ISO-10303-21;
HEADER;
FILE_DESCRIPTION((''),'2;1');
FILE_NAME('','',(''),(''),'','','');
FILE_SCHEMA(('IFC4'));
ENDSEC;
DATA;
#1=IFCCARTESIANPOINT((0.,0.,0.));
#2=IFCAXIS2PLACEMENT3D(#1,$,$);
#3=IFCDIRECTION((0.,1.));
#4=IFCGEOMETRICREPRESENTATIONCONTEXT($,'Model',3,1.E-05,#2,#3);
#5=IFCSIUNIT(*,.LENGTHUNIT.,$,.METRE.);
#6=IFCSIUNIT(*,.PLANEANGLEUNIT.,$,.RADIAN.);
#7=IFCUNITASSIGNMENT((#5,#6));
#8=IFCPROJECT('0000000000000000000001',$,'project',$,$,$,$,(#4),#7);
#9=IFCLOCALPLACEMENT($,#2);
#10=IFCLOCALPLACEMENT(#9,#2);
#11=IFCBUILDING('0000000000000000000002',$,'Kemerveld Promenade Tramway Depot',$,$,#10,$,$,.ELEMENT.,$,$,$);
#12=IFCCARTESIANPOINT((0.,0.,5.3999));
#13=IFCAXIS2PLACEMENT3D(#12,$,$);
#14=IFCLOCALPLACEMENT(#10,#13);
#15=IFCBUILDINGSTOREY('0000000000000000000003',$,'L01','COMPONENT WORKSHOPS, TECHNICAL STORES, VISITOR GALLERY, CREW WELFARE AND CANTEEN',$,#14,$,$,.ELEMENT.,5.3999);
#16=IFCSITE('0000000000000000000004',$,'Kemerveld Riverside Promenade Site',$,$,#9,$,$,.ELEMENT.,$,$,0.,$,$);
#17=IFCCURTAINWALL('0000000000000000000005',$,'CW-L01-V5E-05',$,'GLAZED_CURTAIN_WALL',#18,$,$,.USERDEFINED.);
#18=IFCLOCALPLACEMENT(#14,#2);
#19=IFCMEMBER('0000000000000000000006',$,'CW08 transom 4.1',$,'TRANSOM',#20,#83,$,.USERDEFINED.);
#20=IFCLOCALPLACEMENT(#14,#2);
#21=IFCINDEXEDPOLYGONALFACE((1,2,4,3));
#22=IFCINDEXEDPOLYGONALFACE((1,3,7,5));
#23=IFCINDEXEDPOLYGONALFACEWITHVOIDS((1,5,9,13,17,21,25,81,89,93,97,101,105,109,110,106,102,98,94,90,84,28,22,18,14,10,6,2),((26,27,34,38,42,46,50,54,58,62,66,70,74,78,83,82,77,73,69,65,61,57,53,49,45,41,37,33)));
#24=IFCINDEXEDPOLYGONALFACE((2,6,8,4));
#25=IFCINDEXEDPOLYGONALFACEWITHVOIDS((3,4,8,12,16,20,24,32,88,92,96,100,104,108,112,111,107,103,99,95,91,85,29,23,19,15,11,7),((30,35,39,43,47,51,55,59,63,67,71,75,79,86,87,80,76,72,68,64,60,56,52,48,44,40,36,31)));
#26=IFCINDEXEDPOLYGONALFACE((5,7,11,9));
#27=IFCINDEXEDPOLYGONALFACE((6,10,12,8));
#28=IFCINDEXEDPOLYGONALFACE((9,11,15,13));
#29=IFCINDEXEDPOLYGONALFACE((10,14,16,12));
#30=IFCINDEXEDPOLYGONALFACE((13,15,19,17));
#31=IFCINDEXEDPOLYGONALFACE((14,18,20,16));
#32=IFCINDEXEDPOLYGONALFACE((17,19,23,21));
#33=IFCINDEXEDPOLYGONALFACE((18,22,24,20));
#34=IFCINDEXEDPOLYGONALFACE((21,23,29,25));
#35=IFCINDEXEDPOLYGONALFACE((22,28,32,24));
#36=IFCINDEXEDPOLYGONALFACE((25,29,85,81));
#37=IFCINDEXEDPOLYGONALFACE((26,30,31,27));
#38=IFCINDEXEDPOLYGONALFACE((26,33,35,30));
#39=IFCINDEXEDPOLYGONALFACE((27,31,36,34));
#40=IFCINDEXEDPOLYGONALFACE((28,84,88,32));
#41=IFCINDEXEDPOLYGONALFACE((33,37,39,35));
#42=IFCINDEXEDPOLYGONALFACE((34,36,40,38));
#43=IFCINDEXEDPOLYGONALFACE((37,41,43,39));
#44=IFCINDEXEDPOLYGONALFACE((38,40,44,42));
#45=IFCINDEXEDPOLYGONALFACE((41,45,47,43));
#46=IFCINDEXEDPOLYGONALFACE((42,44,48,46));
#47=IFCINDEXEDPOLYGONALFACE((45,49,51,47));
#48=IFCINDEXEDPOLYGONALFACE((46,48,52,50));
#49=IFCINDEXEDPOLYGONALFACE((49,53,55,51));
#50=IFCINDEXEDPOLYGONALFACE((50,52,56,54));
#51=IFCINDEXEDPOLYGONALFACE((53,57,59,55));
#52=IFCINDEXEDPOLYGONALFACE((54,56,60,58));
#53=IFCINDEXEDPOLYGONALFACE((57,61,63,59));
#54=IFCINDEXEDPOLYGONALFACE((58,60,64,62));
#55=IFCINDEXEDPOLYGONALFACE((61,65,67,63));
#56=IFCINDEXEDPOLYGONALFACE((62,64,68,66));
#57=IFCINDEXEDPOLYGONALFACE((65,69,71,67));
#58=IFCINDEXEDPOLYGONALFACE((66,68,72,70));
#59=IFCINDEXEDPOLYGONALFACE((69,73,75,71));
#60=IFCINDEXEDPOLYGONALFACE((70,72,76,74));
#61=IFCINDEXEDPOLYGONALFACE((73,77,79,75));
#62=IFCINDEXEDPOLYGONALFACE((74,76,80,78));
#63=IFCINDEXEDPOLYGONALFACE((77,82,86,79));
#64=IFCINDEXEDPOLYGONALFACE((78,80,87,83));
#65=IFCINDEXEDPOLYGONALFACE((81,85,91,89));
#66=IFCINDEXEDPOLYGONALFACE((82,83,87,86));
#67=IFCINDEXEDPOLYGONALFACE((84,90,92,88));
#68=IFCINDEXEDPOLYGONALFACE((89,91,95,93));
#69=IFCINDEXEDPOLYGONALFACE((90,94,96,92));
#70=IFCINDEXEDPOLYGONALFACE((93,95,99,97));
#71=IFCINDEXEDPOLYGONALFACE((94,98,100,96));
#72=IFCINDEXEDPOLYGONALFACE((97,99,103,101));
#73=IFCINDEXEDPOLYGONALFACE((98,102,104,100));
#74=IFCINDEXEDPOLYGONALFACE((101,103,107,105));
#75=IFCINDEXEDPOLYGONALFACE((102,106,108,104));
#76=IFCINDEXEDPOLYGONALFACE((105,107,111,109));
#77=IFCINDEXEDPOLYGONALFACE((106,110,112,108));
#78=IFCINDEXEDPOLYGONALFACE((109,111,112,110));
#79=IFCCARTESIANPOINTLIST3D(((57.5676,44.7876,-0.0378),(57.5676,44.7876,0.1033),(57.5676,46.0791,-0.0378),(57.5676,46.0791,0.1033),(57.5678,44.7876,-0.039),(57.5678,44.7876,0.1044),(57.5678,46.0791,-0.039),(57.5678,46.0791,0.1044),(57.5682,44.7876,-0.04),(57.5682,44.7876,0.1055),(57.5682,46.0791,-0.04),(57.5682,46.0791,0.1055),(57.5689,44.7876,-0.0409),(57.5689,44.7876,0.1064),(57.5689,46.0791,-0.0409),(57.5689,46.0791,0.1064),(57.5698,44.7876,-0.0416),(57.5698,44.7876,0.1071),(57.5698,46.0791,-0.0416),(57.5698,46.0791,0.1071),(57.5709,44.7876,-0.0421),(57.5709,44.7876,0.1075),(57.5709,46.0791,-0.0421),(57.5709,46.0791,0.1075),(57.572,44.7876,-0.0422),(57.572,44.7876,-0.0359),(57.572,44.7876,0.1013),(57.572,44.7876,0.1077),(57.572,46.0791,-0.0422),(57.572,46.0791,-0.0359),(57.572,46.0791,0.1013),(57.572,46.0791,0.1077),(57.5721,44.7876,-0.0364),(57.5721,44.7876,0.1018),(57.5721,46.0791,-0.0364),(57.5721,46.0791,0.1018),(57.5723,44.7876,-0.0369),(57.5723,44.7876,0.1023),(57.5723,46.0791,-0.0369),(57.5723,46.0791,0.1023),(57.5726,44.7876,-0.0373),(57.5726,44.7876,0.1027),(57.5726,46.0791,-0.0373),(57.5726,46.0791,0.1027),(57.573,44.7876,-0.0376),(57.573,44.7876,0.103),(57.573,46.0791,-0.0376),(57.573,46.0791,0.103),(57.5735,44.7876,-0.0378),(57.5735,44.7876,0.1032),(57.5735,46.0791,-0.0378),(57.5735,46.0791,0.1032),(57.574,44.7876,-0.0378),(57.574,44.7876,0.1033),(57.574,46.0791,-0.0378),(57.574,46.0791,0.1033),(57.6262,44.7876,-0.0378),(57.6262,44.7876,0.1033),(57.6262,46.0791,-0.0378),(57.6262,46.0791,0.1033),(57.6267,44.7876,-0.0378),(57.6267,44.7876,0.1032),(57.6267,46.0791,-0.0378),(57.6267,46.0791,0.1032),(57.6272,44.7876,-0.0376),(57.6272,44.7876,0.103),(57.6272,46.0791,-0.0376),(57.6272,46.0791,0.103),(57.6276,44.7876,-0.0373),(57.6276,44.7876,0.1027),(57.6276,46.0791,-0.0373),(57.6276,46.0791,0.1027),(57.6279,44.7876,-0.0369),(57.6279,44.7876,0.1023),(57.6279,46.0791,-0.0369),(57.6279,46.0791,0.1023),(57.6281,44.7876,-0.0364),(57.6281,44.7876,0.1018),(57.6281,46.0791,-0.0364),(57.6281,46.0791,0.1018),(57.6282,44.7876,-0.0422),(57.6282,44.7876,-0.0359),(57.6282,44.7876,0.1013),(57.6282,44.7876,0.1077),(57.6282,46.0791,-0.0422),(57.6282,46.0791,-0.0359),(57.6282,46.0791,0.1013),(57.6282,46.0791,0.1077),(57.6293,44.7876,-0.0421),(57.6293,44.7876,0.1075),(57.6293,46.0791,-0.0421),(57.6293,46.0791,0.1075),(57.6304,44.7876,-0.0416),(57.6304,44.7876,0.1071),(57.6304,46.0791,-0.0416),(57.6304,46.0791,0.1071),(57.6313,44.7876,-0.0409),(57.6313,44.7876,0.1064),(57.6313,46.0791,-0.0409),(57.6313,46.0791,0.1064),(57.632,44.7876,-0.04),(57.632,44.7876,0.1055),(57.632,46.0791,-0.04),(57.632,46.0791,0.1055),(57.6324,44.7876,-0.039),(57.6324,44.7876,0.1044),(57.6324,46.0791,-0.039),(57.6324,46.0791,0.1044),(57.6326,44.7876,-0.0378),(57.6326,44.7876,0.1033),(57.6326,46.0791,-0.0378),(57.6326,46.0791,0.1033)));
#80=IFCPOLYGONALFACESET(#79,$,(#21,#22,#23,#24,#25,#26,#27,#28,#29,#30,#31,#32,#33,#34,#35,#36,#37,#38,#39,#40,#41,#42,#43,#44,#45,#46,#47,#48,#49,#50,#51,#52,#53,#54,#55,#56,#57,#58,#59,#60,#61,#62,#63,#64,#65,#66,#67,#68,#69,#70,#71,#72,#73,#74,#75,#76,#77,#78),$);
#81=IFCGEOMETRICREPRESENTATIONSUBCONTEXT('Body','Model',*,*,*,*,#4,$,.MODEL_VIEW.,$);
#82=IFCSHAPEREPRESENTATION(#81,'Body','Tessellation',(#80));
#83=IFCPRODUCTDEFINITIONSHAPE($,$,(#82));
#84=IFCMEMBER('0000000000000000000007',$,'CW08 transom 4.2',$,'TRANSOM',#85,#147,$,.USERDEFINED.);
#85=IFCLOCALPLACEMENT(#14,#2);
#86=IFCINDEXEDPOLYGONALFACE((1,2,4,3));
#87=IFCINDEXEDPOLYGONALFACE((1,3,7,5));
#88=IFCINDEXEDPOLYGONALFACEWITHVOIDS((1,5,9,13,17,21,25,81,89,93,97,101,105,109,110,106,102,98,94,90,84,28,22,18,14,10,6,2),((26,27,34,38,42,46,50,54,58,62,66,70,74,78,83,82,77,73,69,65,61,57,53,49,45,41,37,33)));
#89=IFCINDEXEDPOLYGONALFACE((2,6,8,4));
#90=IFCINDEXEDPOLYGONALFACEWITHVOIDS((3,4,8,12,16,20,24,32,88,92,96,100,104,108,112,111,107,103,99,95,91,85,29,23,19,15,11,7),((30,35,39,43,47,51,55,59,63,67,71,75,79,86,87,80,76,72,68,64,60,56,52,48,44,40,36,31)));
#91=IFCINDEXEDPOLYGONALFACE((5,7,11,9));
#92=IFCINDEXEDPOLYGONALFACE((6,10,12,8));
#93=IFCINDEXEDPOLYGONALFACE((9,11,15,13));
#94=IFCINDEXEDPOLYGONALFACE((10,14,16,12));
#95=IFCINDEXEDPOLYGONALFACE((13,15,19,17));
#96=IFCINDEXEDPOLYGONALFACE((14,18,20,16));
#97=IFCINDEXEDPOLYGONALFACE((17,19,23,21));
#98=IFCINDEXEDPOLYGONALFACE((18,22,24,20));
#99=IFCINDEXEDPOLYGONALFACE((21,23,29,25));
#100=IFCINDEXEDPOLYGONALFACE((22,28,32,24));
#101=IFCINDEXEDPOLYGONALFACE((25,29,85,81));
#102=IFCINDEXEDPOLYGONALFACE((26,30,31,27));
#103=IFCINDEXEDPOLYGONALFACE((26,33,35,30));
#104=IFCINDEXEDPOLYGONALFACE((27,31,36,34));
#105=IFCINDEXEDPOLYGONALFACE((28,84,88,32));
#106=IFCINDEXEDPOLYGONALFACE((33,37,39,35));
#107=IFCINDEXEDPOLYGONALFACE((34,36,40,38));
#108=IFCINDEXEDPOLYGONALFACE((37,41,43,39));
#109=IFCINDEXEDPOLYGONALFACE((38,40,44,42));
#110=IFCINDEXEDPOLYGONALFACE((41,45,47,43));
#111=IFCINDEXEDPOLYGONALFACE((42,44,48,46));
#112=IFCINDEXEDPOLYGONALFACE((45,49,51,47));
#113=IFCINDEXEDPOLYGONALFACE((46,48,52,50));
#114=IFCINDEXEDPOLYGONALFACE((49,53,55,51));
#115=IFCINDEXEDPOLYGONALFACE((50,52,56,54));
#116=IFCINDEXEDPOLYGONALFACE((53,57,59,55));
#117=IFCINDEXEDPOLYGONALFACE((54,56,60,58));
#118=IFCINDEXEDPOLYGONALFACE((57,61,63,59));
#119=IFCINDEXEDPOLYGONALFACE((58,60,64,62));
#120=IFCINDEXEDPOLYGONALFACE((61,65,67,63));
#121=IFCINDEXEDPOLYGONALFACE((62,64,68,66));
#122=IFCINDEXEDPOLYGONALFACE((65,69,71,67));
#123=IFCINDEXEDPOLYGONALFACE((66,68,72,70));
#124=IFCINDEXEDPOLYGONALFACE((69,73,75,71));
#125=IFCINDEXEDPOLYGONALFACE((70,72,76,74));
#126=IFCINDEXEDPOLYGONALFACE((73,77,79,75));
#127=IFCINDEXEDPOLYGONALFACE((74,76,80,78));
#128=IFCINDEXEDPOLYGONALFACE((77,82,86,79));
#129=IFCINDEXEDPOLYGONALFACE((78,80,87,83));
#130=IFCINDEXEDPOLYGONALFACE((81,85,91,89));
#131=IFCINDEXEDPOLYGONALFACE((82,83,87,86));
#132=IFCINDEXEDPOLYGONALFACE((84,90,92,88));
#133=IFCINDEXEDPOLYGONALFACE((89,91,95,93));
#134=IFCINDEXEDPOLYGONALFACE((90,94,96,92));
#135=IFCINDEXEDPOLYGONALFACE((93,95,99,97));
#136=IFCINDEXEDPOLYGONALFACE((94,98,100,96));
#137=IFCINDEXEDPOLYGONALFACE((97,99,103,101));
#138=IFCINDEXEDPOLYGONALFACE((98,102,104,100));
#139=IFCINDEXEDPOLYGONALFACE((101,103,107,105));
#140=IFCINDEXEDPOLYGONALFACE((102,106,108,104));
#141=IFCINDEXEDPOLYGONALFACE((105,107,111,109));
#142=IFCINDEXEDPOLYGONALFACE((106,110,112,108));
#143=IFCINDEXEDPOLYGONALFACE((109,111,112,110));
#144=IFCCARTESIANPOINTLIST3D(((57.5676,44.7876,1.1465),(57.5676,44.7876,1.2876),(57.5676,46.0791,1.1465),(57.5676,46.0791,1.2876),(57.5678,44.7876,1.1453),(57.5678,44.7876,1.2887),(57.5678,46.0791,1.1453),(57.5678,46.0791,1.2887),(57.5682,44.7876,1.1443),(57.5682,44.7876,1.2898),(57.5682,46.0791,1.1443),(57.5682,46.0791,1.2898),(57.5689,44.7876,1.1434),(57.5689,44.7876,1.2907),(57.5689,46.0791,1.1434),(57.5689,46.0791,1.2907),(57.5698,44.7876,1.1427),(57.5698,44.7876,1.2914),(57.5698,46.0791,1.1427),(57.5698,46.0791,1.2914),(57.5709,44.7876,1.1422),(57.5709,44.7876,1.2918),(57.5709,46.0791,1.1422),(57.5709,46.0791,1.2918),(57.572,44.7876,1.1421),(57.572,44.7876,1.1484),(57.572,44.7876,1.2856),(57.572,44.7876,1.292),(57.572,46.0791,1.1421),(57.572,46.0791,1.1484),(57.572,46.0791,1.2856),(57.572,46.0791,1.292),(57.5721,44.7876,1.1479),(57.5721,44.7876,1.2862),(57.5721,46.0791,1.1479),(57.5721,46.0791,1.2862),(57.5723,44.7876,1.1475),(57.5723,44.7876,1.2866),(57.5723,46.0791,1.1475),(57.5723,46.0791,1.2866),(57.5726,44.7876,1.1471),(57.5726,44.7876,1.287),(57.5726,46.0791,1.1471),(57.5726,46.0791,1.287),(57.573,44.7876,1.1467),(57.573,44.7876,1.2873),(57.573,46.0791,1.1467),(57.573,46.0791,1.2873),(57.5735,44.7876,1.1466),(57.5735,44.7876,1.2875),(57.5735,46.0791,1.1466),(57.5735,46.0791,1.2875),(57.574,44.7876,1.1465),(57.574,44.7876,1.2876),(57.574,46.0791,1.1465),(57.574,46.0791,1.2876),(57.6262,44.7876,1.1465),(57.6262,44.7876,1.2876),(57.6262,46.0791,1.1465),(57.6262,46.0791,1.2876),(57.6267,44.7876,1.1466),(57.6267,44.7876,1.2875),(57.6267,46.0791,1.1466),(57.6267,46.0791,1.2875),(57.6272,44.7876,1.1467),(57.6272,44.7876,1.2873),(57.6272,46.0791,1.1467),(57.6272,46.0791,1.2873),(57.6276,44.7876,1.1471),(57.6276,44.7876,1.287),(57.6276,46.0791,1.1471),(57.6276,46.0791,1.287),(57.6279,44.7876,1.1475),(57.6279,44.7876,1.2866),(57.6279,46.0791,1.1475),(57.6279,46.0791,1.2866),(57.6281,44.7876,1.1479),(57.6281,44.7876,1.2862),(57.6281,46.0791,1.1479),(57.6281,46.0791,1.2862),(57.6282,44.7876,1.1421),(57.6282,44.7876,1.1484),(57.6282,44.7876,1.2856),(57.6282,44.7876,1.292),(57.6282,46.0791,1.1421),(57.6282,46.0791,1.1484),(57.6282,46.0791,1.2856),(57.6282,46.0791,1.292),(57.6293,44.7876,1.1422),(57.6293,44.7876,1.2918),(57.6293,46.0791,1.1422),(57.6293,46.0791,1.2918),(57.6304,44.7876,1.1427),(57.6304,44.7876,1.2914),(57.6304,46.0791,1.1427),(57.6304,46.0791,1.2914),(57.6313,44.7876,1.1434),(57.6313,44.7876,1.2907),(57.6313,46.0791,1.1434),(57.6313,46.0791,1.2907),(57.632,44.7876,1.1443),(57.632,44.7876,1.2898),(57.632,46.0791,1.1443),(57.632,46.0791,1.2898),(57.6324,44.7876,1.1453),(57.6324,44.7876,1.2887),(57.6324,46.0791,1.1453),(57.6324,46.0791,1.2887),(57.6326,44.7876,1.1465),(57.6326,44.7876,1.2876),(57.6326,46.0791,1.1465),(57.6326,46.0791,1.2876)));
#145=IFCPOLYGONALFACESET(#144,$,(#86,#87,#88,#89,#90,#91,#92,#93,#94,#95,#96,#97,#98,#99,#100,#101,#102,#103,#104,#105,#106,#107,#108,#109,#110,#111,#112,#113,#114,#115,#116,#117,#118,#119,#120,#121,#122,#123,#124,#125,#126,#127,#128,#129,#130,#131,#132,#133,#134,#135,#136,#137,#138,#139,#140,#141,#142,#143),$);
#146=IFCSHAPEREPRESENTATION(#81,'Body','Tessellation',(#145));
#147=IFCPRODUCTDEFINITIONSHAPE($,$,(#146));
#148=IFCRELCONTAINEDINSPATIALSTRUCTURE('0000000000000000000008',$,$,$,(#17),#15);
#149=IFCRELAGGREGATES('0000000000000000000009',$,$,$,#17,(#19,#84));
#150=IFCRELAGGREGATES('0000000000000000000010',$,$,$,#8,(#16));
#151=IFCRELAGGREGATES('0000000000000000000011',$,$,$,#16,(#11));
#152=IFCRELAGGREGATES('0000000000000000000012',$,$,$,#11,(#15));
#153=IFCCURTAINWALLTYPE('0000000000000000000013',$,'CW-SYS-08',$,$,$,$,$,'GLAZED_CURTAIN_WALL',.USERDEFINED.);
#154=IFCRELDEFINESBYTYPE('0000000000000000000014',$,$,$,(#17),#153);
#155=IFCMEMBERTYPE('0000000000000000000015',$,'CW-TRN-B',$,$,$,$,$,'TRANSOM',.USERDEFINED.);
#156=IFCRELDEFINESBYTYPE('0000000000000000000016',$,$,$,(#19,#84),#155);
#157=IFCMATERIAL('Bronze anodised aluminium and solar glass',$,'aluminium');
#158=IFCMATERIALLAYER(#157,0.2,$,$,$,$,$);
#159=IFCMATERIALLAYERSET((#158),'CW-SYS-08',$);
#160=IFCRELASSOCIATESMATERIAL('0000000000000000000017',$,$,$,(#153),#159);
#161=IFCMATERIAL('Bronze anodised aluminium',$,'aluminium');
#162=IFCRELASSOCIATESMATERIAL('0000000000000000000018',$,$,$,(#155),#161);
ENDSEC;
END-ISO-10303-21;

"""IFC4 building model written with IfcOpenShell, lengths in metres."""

from ifc_helpers import new_model, si_unit, direction, frame, origin, origin_2d, place, context, subcontext, project, spatial, hollow_rectangle, extrude, material, layer, layer_set, material_profile, profile_set, type_object, element, aggregate, save


model = new_model("IFC4")

# Units and contexts
model_context = context("Model", 3, precision=1e-05, world=origin(), true_north=direction((0.0, 1.0)))
body_context = subcontext(model_context, "Body", "Model", "MODEL_VIEW")
ifc_project = project(units=[si_unit("LENGTHUNIT", "METRE"), si_unit("PLANEANGLEUNIT", "RADIAN")], contexts=[model_context])

# Site, building, storey
site_placement = place(None, origin())
site = spatial("IfcSite", under=ifc_project, at=site_placement, Name="Kemerveld Riverside Promenade Site", CompositionType="ELEMENT", RefElevation=0.0)
building_placement = place(site_placement, origin())
building = spatial("IfcBuilding", under=site, at=building_placement, Name="Kemerveld Promenade Tramway Depot", CompositionType="ELEMENT")
storey_placement = place(building_placement, frame((0.0, 0.0, 5.3999)))
storey = spatial("IfcBuildingStorey", under=building, at=storey_placement, Name="L01", Description="COMPONENT WORKSHOPS, TECHNICAL STORES, VISITOR GALLERY, CREW WELFARE AND CANTEEN", CompositionType="ELEMENT", Elevation=5.3999)

# Curtain wall, members
ifc_material_1 = material(Name="Bronze anodised aluminium and solar glass", Category="aluminium")
ifc_layer_1 = layer(ifc_material_1, 0.2)
ifc_layer_set_1 = layer_set([ifc_layer_1], Name="CW-SYS-08")
curtain_wall_type = type_object("IfcCurtainWallType", Name="CW-SYS-08", ElementType="GLAZED_CURTAIN_WALL", PredefinedType="USERDEFINED", material=ifc_layer_set_1)
curtain_wall_placement = place(storey_placement, origin())
curtain_wall = element("IfcCurtainWall", 1, at=curtain_wall_placement, inside=storey, type_object=curtain_wall_type, Name="CW-L01-V5E-05", ObjectType="GLAZED_CURTAIN_WALL", PredefinedType="USERDEFINED")
ifc_material_2 = material(Name="Bronze anodised aluminium", Category="aluminium")
ifc_material_profile_1 = material_profile(ifc_material_2, hollow_rectangle(XDim=0.0649, YDim=0.1499, WallThickness=0.0044, InnerFilletRadius=0.002, OuterFilletRadius=0.0044, at=origin_2d()), Name="CW-TRN-150x65")
ifc_profile_set_1 = profile_set([ifc_material_profile_1], Name="Bronze anodised aluminium")
member_type_1 = type_object("IfcMemberType", Name="CW-TRN-B", ElementType="TRANSOM", PredefinedType="USERDEFINED", material=ifc_profile_set_1)
member_1_placement = place(storey_placement, frame((57.6001, 46.0791, 0.0327), z_axis=(0.0, -1.0, 0.0), x_axis=(1.0, 0.0, 0.0)))
member_1 = element("IfcMember", 2, at=member_1_placement, type_object=member_type_1, Name="CW08 transom 4.1", ObjectType="TRANSOM", PredefinedType="USERDEFINED", context=body_context, shape_type="SweptSolid", body=[
    extrude(hollow_rectangle(XDim=0.0649, YDim=0.1499, WallThickness=0.0044, InnerFilletRadius=0.002, OuterFilletRadius=0.0044, at=origin_2d()), origin(), (0.0, 0.0, 1.0), 1.2915),
])
member_2_placement = place(storey_placement, frame((57.6001, 46.0791, 1.217), z_axis=(0.0, -1.0, 0.0), x_axis=(1.0, 0.0, 0.0)))
member_2 = element("IfcMember", 3, at=member_2_placement, type_object=member_type_1, Name="CW08 transom 4.2", ObjectType="TRANSOM", PredefinedType="USERDEFINED", context=body_context, shape_type="SweptSolid", body=[
    extrude(hollow_rectangle(XDim=0.0649, YDim=0.1499, WallThickness=0.0044, InnerFilletRadius=0.002, OuterFilletRadius=0.0044, at=origin_2d()), origin(), (0.0, 0.0, 1.0), 1.2915),
])
aggregate(curtain_wall, [member_1, member_2])

save(model, "model.ifc")
